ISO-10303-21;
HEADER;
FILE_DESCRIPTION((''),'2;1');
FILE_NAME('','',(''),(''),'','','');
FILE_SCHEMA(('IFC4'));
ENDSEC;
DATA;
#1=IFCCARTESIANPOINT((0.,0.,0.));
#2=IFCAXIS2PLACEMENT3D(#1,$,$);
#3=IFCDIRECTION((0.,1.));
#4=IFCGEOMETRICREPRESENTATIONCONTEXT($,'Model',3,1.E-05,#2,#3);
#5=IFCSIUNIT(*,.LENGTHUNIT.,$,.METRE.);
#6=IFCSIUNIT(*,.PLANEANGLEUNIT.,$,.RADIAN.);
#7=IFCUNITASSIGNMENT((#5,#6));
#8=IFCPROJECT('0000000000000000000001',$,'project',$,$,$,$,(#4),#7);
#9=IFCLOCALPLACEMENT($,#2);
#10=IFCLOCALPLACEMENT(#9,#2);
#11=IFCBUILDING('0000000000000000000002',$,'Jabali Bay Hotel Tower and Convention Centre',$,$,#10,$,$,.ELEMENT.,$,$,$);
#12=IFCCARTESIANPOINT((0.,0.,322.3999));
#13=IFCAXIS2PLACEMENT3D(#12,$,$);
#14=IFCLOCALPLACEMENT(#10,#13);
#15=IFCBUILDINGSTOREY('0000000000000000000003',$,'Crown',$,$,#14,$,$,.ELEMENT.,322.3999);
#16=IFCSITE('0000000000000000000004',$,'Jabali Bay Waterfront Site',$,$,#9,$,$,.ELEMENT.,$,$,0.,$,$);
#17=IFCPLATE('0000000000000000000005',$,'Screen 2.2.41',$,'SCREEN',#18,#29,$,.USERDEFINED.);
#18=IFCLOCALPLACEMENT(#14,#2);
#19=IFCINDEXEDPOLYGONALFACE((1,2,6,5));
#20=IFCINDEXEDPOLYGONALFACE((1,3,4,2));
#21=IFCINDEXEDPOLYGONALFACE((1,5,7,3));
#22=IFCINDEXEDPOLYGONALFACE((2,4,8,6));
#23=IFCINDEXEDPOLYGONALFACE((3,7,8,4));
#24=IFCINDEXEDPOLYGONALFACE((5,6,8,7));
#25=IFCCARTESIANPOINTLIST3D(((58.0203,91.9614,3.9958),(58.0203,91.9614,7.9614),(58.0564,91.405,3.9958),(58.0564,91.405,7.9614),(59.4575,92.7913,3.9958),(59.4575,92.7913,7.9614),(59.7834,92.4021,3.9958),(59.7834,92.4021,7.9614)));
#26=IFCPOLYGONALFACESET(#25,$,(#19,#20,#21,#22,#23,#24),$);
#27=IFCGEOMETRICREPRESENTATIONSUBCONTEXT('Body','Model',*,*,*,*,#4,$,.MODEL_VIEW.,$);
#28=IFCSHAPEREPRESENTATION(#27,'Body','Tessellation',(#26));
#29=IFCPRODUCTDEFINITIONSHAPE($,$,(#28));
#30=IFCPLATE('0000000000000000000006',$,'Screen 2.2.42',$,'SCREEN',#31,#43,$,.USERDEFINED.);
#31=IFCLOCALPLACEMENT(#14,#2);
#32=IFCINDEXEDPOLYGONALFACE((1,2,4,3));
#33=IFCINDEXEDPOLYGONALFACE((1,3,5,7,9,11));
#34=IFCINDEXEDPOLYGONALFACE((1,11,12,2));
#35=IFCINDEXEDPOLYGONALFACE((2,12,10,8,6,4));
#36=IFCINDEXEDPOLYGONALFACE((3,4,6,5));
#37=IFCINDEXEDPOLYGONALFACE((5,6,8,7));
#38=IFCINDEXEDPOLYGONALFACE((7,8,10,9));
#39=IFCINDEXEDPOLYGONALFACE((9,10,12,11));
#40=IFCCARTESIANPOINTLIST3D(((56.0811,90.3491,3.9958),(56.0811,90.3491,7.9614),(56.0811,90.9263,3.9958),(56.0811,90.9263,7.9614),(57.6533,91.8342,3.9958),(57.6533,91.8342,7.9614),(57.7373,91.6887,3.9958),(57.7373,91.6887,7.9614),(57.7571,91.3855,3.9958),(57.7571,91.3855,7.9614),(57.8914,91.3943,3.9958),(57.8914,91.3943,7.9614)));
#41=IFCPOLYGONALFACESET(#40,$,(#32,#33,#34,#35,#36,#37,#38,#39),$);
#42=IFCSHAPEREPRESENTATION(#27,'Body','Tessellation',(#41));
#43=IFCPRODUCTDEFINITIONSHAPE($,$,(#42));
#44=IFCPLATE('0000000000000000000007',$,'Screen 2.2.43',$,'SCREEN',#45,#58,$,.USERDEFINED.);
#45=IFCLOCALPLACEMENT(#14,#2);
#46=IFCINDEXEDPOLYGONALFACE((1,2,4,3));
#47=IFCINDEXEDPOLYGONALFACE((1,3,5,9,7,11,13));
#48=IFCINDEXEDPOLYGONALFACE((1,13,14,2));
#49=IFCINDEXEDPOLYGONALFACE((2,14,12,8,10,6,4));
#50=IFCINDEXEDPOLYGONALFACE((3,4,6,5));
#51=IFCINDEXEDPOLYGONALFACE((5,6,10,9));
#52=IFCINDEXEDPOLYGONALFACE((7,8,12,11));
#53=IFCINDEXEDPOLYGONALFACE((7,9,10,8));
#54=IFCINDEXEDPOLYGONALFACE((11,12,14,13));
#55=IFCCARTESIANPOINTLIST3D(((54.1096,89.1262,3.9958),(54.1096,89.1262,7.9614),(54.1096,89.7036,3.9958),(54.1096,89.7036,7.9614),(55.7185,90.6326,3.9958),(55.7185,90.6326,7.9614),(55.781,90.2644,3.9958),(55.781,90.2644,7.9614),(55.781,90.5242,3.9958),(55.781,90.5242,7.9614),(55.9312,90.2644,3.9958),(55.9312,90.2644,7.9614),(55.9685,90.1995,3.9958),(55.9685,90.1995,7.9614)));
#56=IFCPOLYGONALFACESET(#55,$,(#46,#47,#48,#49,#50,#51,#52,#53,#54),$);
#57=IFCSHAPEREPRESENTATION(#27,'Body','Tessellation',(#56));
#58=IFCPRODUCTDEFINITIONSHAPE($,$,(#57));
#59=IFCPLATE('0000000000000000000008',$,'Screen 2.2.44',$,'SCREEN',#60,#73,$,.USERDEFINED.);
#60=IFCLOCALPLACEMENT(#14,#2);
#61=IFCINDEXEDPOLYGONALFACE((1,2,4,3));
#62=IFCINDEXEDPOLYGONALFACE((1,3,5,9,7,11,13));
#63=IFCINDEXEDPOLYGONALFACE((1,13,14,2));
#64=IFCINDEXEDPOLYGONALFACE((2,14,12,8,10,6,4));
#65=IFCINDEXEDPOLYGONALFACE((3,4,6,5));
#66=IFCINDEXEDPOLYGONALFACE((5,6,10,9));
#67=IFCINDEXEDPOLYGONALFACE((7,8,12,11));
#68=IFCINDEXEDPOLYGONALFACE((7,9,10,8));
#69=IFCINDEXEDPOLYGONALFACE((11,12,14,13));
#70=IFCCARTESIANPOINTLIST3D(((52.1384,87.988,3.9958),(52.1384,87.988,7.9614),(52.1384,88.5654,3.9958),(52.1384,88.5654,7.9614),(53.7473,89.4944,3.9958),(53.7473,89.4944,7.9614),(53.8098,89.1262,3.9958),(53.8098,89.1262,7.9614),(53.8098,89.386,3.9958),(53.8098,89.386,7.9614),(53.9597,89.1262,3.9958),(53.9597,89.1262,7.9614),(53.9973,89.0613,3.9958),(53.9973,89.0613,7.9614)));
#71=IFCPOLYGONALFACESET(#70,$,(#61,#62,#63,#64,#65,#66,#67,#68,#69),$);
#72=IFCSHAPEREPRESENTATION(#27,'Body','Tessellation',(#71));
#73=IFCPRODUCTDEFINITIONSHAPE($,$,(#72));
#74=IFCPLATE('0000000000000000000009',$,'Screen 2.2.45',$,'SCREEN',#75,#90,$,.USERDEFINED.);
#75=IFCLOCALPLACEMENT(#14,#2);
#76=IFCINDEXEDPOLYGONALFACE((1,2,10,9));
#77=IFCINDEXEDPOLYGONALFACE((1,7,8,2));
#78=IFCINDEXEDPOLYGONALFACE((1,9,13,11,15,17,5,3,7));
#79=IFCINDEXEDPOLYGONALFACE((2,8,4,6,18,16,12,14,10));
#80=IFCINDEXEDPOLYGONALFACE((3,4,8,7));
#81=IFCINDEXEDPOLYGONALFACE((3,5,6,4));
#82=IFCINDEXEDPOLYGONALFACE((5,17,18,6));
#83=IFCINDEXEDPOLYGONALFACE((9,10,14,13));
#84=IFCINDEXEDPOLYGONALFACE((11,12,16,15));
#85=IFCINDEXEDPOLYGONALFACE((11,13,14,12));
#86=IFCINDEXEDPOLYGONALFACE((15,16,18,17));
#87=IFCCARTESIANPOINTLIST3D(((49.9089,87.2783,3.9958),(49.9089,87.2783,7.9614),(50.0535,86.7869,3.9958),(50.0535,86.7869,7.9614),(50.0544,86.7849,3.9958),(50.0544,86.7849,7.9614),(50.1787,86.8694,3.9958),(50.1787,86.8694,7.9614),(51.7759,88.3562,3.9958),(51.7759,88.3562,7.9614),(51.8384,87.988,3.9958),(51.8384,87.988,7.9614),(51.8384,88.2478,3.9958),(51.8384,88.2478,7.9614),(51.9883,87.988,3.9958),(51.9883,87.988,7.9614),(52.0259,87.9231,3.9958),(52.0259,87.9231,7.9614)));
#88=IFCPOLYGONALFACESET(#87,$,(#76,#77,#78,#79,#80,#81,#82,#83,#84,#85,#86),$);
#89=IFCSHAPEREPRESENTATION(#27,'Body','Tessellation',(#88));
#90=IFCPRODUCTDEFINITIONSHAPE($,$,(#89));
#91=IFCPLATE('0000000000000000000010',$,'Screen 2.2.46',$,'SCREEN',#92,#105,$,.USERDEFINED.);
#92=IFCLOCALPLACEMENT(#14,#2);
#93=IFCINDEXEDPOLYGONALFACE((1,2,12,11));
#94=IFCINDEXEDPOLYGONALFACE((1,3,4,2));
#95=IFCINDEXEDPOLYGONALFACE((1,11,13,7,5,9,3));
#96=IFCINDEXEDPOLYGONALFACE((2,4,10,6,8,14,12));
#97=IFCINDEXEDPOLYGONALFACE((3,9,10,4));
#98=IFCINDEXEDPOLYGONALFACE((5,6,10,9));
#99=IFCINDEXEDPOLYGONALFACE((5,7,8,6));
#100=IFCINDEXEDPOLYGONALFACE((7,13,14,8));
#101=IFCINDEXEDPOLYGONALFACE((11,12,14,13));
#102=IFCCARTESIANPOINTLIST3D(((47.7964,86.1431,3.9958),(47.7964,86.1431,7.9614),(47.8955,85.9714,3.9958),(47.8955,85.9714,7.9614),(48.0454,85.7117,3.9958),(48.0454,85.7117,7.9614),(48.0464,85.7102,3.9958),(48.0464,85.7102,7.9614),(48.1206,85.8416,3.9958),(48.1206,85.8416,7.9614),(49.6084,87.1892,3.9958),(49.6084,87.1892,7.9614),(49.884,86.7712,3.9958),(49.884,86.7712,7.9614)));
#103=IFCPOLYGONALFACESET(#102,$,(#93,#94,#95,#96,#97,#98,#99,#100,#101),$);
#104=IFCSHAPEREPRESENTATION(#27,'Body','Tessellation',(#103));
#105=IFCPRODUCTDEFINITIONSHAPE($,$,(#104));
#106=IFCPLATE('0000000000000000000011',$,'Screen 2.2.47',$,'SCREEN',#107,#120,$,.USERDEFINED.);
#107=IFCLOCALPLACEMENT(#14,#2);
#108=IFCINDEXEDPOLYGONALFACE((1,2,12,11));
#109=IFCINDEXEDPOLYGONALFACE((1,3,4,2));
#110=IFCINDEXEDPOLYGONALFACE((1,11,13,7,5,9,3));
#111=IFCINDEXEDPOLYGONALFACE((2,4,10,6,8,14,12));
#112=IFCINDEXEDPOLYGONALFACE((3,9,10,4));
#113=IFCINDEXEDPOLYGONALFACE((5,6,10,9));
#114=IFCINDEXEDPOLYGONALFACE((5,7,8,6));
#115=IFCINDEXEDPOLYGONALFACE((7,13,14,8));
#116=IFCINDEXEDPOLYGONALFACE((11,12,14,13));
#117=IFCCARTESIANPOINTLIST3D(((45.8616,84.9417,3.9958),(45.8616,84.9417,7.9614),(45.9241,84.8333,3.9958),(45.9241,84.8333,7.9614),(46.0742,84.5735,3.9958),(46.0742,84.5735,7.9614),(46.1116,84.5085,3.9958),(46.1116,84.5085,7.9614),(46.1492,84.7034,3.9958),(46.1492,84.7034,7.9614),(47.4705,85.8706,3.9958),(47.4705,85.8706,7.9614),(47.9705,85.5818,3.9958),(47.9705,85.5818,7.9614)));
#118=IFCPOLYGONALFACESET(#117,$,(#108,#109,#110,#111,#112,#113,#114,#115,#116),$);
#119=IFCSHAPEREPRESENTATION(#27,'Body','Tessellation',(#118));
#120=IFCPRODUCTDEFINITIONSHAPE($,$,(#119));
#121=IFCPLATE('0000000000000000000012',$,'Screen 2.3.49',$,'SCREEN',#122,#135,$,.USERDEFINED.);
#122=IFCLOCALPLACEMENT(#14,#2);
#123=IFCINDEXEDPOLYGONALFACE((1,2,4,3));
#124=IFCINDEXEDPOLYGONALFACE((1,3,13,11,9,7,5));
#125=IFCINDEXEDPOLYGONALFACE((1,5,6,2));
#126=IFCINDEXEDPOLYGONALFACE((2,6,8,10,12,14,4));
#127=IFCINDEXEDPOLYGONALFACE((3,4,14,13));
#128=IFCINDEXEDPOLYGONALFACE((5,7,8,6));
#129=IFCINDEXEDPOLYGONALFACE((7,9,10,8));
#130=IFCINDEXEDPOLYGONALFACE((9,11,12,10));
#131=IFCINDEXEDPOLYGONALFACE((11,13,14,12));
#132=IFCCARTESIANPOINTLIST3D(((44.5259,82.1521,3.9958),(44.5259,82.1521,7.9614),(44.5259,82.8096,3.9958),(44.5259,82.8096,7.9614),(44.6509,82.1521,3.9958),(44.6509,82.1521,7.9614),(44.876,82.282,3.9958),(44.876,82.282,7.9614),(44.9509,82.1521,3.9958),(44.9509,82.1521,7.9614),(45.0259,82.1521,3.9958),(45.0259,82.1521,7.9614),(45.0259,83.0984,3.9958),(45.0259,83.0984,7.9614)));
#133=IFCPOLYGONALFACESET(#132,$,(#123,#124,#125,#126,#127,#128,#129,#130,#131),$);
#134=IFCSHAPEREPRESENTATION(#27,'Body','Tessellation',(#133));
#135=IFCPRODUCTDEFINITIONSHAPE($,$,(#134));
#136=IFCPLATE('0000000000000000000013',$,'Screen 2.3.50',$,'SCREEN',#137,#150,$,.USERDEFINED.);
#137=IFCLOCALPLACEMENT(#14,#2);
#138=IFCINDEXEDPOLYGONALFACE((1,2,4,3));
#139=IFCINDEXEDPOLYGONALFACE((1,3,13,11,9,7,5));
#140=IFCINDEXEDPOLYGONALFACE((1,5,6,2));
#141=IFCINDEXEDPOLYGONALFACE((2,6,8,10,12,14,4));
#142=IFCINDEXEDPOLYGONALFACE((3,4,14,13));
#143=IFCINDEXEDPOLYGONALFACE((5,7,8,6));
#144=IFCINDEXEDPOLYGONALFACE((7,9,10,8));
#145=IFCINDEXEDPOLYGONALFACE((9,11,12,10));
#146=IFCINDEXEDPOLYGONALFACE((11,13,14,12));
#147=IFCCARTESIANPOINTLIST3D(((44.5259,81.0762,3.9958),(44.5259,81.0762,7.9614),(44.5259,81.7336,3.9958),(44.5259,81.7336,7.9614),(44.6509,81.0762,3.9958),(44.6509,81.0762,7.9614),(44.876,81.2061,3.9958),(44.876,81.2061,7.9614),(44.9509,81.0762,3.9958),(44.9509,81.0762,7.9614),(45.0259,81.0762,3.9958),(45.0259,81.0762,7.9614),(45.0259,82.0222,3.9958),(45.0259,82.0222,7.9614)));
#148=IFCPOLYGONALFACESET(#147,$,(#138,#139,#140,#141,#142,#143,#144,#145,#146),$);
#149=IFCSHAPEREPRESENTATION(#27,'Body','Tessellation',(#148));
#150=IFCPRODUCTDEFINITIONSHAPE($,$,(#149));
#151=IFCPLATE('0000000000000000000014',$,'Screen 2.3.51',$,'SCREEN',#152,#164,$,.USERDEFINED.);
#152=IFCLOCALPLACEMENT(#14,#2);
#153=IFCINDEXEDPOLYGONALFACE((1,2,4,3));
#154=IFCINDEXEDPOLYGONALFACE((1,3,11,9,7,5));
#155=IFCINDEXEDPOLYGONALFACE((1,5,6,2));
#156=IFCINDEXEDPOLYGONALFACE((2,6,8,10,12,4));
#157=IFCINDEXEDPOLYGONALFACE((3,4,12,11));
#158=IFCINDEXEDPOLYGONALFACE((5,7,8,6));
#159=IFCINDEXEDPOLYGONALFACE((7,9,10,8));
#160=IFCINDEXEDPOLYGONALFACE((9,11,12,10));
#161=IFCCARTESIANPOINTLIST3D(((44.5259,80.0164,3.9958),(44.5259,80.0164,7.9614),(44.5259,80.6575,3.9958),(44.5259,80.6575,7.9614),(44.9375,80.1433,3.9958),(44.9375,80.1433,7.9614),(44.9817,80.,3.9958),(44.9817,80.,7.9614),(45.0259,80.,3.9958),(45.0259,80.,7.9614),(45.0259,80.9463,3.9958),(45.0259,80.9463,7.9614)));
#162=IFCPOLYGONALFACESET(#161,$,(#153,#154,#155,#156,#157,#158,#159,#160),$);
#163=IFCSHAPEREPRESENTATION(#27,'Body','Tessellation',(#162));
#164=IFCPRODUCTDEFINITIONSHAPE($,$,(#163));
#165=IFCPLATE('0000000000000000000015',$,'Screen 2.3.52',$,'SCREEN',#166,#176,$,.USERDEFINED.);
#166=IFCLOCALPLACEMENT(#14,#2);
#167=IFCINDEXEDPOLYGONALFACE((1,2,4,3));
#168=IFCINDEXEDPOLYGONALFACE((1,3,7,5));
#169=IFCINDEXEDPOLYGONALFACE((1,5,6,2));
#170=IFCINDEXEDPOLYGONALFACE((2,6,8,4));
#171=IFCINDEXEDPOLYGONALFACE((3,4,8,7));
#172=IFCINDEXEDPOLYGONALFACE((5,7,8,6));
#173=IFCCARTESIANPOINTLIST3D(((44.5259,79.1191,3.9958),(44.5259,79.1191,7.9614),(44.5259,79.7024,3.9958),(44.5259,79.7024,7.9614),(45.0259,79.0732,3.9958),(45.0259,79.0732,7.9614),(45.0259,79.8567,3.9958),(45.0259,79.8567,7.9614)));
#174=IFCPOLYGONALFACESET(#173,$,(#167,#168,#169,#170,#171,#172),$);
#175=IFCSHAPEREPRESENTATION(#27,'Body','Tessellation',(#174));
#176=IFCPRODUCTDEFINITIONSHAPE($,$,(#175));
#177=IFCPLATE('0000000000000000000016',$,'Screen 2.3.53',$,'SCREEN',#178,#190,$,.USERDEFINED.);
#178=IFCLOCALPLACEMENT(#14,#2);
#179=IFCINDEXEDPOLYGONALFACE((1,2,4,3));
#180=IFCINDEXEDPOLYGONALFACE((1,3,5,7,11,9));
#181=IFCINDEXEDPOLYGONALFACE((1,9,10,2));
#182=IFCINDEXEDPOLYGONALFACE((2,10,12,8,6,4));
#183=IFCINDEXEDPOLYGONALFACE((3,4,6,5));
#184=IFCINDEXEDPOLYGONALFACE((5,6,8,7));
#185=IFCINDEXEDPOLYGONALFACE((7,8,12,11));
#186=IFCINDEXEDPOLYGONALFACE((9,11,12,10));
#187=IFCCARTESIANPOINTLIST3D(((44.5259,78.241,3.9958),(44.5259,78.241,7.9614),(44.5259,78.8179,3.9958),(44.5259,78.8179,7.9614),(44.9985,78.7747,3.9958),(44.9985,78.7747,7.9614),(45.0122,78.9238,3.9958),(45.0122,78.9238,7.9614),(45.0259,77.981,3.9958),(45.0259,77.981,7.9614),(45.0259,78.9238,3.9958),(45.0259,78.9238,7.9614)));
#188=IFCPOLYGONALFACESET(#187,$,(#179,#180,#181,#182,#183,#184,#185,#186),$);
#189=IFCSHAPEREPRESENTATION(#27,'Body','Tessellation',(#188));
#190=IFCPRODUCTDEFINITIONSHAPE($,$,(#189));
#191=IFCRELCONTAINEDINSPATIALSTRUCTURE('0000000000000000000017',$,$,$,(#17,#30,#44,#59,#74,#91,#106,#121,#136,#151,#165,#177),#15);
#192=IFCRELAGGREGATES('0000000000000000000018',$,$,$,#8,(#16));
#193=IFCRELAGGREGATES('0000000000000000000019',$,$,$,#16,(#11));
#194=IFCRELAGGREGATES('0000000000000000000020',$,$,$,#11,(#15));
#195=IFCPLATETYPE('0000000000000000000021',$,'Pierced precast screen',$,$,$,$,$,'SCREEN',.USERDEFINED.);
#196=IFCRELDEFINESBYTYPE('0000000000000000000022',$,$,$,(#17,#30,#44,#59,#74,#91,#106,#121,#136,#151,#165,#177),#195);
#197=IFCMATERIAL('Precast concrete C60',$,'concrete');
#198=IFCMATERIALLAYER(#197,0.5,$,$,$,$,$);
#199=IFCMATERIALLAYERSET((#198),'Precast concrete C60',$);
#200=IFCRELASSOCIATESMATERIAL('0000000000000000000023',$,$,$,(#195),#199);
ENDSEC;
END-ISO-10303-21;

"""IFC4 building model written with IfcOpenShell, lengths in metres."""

from ifc_helpers import new_model, si_unit, direction, frame, origin, place, context, subcontext, project, spatial, polyline, outline, extrude, material, layer, layer_set, type_object, element, save


model = new_model("IFC4")

# Units and contexts
model_context = context("Model", 3, precision=1e-05, world=origin(), true_north=direction((0.0, 1.0)))
body_context = subcontext(model_context, "Body", "Model", "MODEL_VIEW")
ifc_project = project(units=[si_unit("LENGTHUNIT", "METRE"), si_unit("PLANEANGLEUNIT", "RADIAN")], contexts=[model_context])

# Site, building, storey
site_placement = place(None, origin())
site = spatial("IfcSite", under=ifc_project, at=site_placement, Name="Jabali Bay Waterfront Site", CompositionType="ELEMENT", RefElevation=0.0)
building_placement = place(site_placement, origin())
building = spatial("IfcBuilding", under=site, at=building_placement, Name="Jabali Bay Hotel Tower and Convention Centre", CompositionType="ELEMENT")
storey_placement = place(building_placement, frame((0.0, 0.0, 322.3999)))
storey = spatial("IfcBuildingStorey", under=building, at=storey_placement, Name="Crown", CompositionType="ELEMENT", Elevation=322.3999)

# Plates
ifc_material = material(Name="Precast concrete C60", Category="concrete")
ifc_layer = layer(ifc_material, 0.5)
ifc_layer_set = layer_set([ifc_layer], Name="Precast concrete C60")
plate_type = type_object("IfcPlateType", Name="Pierced precast screen", ElementType="SCREEN", PredefinedType="USERDEFINED", material=ifc_layer_set)
plate_1_placement = place(storey_placement, frame((0.0, 0.0, 3.9958)))
element("IfcPlate", 1, at=plate_1_placement, inside=storey, type_object=plate_type, Name="Screen 2.2.41", ObjectType="SCREEN", PredefinedType="USERDEFINED", context=body_context, shape_type="SweptSolid", body=[
    extrude(outline(polyline([(58.0564, 91.405), (59.7834, 92.4021), (59.4575, 92.7913), (58.0203, 91.9614), (58.0564, 91.405)])), origin(), (0.0, 0.0, 1.0), 3.9656),
])
plate_2_placement = place(storey_placement, frame((0.0, 0.0, 3.9958)))
element("IfcPlate", 2, at=plate_2_placement, inside=storey, type_object=plate_type, Name="Screen 2.2.42", ObjectType="SCREEN", PredefinedType="USERDEFINED", context=body_context, shape_type="SweptSolid", body=[
    extrude(outline(polyline([(56.0811, 90.3491), (57.8914, 91.3943), (57.7571, 91.3855), (57.7373, 91.6887), (57.6533, 91.8342), (56.0811, 90.9263), (56.0811, 90.3491)])), origin(), (0.0, 0.0, 1.0), 3.9656),
])
plate_3_placement = place(storey_placement, frame((0.0, 0.0, 3.9958)))
element("IfcPlate", 3, at=plate_3_placement, inside=storey, type_object=plate_type, Name="Screen 2.2.43", ObjectType="SCREEN", PredefinedType="USERDEFINED", context=body_context, shape_type="SweptSolid", body=[
    extrude(outline(polyline([(54.1096, 89.1262), (55.9685, 90.1995), (55.9312, 90.2644), (55.781, 90.2644), (55.781, 90.5242), (55.7185, 90.6326), (54.1096, 89.7036), (54.1096, 89.1262)])), origin(), (0.0, 0.0, 1.0), 3.9656),
])
plate_4_placement = place(storey_placement, frame((0.0, 0.0, 3.9958)))
element("IfcPlate", 4, at=plate_4_placement, inside=storey, type_object=plate_type, Name="Screen 2.2.44", ObjectType="SCREEN", PredefinedType="USERDEFINED", context=body_context, shape_type="SweptSolid", body=[
    extrude(outline(polyline([(52.1384, 87.988), (53.9973, 89.0613), (53.9597, 89.1262), (53.8098, 89.1262), (53.8098, 89.386), (53.7473, 89.4944), (52.1384, 88.5654), (52.1384, 87.988)])), origin(), (0.0, 0.0, 1.0), 3.9656),
])
plate_5_placement = place(storey_placement, frame((0.0, 0.0, 3.9958)))
element("IfcPlate", 5, at=plate_5_placement, inside=storey, type_object=plate_type, Name="Screen 2.2.45", ObjectType="SCREEN", PredefinedType="USERDEFINED", context=body_context, shape_type="SweptSolid", body=[
    extrude(outline(polyline([(50.0544, 86.7849), (52.0259, 87.9231), (51.9883, 87.988), (51.8384, 87.988), (51.8384, 88.2478), (51.7759, 88.3562), (49.9089, 87.2783), (50.1787, 86.8694), (50.0535, 86.7869), (50.0544, 86.7849)])), origin(), (0.0, 0.0, 1.0), 3.9656),
])
plate_6_placement = place(storey_placement, frame((0.0, 0.0, 3.9958)))
element("IfcPlate", 6, at=plate_6_placement, inside=storey, type_object=plate_type, Name="Screen 2.2.46", ObjectType="SCREEN", PredefinedType="USERDEFINED", context=body_context, shape_type="SweptSolid", body=[
    extrude(outline(polyline([(48.0464, 85.7102), (49.884, 86.7712), (49.6084, 87.1892), (47.7964, 86.1431), (47.8955, 85.9714), (48.1206, 85.8416), (48.0454, 85.7117), (48.0464, 85.7102)])), origin(), (0.0, 0.0, 1.0), 3.9656),
])
plate_7_placement = place(storey_placement, frame((0.0, 0.0, 3.9958)))
element("IfcPlate", 7, at=plate_7_placement, inside=storey, type_object=plate_type, Name="Screen 2.2.47", ObjectType="SCREEN", PredefinedType="USERDEFINED", context=body_context, shape_type="SweptSolid", body=[
    extrude(outline(polyline([(46.1116, 84.5085), (47.9705, 85.5818), (47.4705, 85.8706), (45.8616, 84.9417), (45.9241, 84.8333), (46.1492, 84.7034), (46.0742, 84.5735), (46.1116, 84.5085)])), origin(), (0.0, 0.0, 1.0), 3.9656),
])
plate_8_placement = place(storey_placement, frame((0.0, 0.0, 3.9958)))
element("IfcPlate", 8, at=plate_8_placement, inside=storey, type_object=plate_type, Name="Screen 2.3.49", ObjectType="SCREEN", PredefinedType="USERDEFINED", context=body_context, shape_type="SweptSolid", body=[
    extrude(outline(polyline([(45.0259, 82.1521), (45.0259, 83.0984), (44.5259, 82.8096), (44.5259, 82.1521), (44.6509, 82.1521), (44.876, 82.282), (44.9509, 82.1521), (45.0259, 82.1521)])), origin(), (0.0, 0.0, 1.0), 3.9656),
])
plate_9_placement = place(storey_placement, frame((0.0, 0.0, 3.9958)))
element("IfcPlate", 9, at=plate_9_placement, inside=storey, type_object=plate_type, Name="Screen 2.3.50", ObjectType="SCREEN", PredefinedType="USERDEFINED", context=body_context, shape_type="SweptSolid", body=[
    extrude(outline(polyline([(45.0259, 81.0762), (45.0259, 82.0222), (44.5259, 81.7336), (44.5259, 81.0762), (44.6509, 81.0762), (44.876, 81.2061), (44.9509, 81.0762), (45.0259, 81.0762)])), origin(), (0.0, 0.0, 1.0), 3.9656),
])
plate_10_placement = place(storey_placement, frame((0.0, 0.0, 3.9958)))
element("IfcPlate", 10, at=plate_10_placement, inside=storey, type_object=plate_type, Name="Screen 2.3.51", ObjectType="SCREEN", PredefinedType="USERDEFINED", context=body_context, shape_type="SweptSolid", body=[
    extrude(outline(polyline([(45.0259, 80.0), (45.0259, 80.9463), (44.5259, 80.6575), (44.5259, 80.0164), (44.9375, 80.1433), (44.9817, 80.0), (45.0259, 80.0)])), origin(), (0.0, 0.0, 1.0), 3.9656),
])
plate_11_placement = place(storey_placement, frame((0.0, 0.0, 3.9958)))
element("IfcPlate", 11, at=plate_11_placement, inside=storey, type_object=plate_type, Name="Screen 2.3.52", ObjectType="SCREEN", PredefinedType="USERDEFINED", context=body_context, shape_type="SweptSolid", body=[
    extrude(outline(polyline([(45.0259, 79.0732), (45.0259, 79.8567), (44.5259, 79.7024), (44.5259, 79.1191), (45.0259, 79.0732)])), origin(), (0.0, 0.0, 1.0), 3.9656),
])
plate_12_placement = place(storey_placement, frame((0.0, 0.0, 3.9958)))
element("IfcPlate", 12, at=plate_12_placement, inside=storey, type_object=plate_type, Name="Screen 2.3.53", ObjectType="SCREEN", PredefinedType="USERDEFINED", context=body_context, shape_type="SweptSolid", body=[
    extrude(outline(polyline([(45.0259, 77.981), (45.0259, 78.9238), (45.0122, 78.9238), (44.9985, 78.7747), (44.5259, 78.8179), (44.5259, 78.241), (45.0259, 77.981)])), origin(), (0.0, 0.0, 1.0), 3.9656),
])

save(model, "model.ifc")
